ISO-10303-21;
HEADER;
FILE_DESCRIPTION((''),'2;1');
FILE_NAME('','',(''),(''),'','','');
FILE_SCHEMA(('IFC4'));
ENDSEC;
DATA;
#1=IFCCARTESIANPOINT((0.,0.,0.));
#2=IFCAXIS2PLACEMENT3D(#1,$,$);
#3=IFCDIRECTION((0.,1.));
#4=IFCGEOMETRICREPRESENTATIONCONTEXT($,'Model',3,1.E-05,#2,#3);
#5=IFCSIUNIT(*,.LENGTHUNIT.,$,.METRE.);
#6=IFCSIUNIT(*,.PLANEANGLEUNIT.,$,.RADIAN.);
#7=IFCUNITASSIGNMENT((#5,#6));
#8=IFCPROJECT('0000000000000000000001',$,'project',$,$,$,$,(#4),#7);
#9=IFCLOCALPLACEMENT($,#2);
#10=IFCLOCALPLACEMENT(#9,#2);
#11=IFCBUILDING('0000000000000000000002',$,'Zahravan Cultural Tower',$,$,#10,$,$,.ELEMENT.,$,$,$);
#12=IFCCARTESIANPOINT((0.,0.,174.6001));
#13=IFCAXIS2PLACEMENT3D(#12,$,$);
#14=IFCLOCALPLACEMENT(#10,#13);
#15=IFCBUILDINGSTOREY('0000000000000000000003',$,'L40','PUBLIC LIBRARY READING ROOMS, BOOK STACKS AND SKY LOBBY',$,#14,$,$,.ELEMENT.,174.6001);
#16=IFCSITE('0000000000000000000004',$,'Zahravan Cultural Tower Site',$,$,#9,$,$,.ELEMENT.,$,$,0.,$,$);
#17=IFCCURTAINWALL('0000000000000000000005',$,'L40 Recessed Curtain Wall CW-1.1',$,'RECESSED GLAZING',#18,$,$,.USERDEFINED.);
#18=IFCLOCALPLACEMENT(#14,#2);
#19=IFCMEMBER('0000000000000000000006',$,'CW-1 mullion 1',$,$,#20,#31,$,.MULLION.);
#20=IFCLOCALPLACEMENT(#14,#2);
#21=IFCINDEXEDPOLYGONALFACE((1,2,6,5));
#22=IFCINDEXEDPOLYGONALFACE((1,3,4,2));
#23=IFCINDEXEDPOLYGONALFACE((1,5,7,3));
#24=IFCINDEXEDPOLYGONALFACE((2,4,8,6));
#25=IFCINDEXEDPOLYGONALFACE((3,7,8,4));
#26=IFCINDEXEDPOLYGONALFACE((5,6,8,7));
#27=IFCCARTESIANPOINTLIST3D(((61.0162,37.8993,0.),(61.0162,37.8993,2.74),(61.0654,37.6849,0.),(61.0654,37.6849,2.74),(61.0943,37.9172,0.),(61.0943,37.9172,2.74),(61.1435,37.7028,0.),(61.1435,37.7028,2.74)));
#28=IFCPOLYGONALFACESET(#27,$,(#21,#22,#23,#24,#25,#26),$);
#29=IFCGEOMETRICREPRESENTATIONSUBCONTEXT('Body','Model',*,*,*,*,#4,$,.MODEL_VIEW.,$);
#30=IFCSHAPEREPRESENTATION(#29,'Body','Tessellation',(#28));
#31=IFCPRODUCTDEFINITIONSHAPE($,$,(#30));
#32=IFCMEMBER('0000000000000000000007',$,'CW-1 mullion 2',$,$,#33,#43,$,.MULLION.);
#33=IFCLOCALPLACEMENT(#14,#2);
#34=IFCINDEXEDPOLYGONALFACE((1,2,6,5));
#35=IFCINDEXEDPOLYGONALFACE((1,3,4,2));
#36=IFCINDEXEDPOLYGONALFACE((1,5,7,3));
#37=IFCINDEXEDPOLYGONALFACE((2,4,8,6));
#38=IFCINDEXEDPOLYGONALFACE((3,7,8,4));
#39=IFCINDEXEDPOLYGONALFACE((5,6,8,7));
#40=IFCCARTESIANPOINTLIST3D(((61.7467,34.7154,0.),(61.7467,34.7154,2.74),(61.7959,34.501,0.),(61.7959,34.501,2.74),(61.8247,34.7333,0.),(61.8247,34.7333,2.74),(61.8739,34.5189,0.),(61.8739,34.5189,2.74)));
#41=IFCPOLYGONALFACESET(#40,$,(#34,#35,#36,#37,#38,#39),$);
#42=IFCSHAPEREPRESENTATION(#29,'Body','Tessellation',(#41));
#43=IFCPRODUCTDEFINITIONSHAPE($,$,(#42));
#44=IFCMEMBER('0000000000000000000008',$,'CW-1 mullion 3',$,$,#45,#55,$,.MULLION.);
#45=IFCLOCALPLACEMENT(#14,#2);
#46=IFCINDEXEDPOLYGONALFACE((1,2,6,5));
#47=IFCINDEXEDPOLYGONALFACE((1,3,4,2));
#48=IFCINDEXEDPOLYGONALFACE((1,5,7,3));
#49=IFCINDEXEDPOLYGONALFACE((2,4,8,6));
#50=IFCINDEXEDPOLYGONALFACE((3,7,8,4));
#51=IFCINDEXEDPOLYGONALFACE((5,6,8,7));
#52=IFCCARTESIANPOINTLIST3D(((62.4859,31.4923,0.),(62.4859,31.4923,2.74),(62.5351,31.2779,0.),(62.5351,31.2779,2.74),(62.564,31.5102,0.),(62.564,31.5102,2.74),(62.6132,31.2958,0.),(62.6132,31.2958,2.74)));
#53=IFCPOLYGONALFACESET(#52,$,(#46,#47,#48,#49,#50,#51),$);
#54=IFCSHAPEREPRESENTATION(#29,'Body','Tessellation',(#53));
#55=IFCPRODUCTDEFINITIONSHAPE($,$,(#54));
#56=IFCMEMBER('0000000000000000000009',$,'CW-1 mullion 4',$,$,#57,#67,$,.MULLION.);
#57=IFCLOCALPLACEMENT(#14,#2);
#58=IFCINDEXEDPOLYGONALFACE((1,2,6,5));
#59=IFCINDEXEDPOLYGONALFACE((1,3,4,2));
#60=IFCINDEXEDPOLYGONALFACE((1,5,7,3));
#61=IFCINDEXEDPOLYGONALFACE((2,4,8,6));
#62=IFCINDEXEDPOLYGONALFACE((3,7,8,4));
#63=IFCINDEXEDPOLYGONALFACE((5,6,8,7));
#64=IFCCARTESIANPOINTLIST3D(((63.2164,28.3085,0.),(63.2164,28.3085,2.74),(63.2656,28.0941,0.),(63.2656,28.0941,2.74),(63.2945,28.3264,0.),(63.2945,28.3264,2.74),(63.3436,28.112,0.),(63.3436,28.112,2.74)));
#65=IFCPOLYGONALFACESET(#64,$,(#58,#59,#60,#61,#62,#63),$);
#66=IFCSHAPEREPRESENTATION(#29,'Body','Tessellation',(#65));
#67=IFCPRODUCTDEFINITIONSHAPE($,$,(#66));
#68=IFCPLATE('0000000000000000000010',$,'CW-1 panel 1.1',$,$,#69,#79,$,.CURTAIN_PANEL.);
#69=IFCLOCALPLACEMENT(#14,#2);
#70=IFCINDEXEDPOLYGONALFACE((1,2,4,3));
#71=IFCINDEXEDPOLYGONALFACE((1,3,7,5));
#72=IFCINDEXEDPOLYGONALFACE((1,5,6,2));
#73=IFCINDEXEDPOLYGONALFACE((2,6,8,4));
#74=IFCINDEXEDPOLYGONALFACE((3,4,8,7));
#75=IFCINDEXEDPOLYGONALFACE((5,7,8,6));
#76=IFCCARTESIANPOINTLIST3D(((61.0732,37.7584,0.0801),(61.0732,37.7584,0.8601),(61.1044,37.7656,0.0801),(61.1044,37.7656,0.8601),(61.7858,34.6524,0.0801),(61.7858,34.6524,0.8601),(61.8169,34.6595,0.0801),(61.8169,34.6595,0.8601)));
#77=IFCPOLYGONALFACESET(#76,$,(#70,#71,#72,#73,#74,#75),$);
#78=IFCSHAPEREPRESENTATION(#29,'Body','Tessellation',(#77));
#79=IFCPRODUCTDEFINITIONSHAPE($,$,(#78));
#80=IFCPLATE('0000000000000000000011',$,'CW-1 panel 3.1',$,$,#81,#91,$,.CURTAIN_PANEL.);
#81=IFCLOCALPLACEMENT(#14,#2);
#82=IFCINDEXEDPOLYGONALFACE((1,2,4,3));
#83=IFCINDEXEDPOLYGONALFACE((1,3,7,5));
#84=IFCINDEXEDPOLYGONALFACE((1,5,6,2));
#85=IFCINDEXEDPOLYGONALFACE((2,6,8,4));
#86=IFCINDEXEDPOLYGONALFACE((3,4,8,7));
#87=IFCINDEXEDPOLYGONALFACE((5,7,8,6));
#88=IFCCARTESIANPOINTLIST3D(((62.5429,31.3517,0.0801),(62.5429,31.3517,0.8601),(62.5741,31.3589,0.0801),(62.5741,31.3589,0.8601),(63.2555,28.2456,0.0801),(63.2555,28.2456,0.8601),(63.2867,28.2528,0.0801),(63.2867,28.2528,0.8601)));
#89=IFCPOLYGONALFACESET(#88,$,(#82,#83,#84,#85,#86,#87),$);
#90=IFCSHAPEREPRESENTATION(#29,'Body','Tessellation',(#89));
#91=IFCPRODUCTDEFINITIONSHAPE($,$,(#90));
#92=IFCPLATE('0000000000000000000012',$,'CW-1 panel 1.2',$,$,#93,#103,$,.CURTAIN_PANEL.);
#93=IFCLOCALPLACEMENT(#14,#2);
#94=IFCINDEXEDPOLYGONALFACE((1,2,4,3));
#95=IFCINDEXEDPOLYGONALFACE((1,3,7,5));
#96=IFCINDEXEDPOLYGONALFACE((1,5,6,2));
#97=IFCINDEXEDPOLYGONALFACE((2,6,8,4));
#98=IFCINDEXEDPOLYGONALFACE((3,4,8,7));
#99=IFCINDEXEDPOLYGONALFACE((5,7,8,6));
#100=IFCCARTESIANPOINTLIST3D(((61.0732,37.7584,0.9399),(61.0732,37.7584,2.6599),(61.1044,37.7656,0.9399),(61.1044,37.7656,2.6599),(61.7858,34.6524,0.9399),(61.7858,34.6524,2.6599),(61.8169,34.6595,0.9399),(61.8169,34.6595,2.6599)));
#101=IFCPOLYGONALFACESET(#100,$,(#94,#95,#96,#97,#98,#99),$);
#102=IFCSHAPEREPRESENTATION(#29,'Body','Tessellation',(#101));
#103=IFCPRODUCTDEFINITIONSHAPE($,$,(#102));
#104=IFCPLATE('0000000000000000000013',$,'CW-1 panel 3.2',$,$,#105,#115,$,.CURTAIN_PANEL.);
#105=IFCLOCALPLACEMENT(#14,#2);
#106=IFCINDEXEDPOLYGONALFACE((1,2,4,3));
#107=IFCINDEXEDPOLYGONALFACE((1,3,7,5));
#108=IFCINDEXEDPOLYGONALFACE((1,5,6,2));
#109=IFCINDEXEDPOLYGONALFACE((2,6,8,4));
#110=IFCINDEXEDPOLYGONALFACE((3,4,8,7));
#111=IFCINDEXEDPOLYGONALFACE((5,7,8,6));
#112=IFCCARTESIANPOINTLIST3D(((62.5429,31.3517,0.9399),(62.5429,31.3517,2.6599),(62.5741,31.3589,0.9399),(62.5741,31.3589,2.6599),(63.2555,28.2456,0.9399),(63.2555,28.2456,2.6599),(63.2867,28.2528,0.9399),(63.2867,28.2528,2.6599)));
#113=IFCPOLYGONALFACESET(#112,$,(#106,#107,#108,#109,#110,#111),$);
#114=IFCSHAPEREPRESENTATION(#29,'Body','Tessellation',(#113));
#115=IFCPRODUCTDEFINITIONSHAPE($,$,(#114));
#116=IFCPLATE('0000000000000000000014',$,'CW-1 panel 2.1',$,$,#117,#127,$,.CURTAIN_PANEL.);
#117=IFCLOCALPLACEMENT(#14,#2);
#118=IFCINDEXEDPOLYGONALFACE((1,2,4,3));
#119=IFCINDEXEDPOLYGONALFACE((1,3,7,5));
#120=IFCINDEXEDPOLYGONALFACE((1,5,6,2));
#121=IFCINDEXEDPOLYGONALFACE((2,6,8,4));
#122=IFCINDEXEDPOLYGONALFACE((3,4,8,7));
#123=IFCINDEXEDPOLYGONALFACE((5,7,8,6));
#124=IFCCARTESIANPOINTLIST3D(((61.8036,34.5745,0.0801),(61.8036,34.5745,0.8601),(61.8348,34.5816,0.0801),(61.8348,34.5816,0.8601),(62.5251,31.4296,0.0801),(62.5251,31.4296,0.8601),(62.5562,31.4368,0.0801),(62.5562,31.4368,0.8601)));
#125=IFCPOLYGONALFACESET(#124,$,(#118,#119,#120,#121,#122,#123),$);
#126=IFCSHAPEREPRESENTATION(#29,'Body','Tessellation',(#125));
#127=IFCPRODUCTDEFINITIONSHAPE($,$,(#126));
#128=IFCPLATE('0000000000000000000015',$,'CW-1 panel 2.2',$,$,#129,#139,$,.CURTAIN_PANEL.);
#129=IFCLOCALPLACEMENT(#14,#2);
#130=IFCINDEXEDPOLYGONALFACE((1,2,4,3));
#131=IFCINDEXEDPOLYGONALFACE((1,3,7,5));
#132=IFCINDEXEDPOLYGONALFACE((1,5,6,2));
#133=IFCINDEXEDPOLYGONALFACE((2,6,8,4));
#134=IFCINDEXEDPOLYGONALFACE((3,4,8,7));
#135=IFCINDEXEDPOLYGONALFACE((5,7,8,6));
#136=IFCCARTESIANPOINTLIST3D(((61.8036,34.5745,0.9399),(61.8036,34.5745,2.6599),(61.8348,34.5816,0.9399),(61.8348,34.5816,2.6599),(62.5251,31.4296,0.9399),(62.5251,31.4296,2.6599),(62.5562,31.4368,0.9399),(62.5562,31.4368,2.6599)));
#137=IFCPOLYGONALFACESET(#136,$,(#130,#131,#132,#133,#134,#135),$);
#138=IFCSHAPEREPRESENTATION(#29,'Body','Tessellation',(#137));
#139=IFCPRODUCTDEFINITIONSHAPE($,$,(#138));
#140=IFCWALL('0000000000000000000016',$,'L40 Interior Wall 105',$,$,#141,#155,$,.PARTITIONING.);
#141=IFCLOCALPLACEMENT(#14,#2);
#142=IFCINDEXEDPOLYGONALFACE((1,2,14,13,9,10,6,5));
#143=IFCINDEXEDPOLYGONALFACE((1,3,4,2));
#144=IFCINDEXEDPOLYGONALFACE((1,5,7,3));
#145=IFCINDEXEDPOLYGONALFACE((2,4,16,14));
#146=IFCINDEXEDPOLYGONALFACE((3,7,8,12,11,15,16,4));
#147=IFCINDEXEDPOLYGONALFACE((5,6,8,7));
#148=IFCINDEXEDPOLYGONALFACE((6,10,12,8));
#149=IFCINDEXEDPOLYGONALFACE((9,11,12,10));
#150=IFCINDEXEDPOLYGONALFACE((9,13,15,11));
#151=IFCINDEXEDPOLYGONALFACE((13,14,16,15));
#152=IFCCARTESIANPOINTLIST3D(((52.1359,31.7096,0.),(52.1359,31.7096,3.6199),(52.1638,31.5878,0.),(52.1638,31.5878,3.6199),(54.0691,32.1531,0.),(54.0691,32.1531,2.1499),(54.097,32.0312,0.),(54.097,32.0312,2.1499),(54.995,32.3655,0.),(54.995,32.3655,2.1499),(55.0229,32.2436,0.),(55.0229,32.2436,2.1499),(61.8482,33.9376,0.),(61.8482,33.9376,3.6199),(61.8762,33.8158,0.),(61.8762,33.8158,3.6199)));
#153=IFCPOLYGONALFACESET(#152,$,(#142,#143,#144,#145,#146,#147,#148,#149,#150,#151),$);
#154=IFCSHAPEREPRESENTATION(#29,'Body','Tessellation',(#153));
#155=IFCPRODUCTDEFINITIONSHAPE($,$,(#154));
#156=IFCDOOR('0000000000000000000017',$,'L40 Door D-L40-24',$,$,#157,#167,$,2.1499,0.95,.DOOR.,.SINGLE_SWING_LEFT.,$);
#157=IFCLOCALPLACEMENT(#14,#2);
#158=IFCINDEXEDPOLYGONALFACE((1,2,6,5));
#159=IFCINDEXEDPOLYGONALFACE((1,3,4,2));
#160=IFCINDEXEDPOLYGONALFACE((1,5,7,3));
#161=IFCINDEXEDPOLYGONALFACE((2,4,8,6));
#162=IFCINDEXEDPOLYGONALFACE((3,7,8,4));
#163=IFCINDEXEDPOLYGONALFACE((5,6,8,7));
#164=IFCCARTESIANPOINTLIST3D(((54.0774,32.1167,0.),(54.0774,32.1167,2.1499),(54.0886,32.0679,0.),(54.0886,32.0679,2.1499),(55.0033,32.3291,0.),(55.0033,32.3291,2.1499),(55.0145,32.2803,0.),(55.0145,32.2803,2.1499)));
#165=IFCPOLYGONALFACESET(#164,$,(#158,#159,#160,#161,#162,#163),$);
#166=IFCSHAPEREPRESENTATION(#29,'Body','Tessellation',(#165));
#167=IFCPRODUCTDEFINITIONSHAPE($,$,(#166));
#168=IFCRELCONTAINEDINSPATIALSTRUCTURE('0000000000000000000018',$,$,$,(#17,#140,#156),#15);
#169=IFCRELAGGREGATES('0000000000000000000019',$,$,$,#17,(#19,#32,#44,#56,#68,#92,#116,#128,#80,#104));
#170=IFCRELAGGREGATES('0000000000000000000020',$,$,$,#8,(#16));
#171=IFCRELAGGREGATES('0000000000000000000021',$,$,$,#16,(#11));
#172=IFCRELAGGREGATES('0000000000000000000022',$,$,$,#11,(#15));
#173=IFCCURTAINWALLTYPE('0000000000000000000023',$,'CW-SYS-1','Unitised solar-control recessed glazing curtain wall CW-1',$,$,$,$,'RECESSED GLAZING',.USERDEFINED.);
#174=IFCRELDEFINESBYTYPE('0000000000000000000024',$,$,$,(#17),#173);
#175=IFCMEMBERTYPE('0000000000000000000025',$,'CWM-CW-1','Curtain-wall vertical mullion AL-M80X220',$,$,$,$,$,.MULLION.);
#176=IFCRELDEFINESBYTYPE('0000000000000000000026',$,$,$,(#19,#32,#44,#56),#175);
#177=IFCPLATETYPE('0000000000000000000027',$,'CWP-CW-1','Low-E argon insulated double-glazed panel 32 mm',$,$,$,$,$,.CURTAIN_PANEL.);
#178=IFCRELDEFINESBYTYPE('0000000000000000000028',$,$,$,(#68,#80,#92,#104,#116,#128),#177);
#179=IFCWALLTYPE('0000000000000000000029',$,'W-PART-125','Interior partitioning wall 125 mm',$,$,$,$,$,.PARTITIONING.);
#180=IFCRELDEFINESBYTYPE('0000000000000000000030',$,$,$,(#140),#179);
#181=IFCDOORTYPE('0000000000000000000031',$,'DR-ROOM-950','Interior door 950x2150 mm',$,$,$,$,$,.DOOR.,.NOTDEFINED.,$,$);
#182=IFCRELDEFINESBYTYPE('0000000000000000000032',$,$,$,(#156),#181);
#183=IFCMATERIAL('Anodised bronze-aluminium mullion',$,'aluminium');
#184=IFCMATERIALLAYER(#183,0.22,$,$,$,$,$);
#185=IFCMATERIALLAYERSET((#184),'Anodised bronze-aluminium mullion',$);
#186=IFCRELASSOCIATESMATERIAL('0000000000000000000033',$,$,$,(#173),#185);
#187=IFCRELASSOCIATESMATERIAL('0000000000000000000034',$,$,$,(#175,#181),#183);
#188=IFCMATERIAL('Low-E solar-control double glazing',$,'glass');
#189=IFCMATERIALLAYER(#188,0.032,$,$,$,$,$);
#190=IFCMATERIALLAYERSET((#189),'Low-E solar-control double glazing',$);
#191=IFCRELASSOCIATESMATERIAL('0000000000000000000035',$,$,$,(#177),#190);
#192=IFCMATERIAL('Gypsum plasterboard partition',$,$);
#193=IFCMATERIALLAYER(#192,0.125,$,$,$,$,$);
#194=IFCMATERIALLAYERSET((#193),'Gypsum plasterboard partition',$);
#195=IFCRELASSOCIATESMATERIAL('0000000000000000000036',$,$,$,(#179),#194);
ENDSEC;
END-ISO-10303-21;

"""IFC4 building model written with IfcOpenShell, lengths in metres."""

from ifc_helpers import new_model, si_unit, direction, frame, frame_2d, origin, origin_2d, place, context, subcontext, project, spatial, rectangle, extrude, source, transform, mapped, material, layer, layer_set, material_profile, profile_set, type_object, element, fill, aggregate, save


model = new_model("IFC4")

# Units and contexts
model_context = context("Model", 3, precision=1e-05, world=origin(), true_north=direction((0.0, 1.0)))
body_context = subcontext(model_context, "Body", "Model", "MODEL_VIEW")
ifc_project = project(units=[si_unit("LENGTHUNIT", "METRE"), si_unit("PLANEANGLEUNIT", "RADIAN")], contexts=[model_context])

# Site, building, storey
site_placement = place(None, origin())
site = spatial("IfcSite", under=ifc_project, at=site_placement, Name="Zahravan Cultural Tower Site", CompositionType="ELEMENT", RefElevation=0.0)
building_placement = place(site_placement, origin())
building = spatial("IfcBuilding", under=site, at=building_placement, Name="Zahravan Cultural Tower", CompositionType="ELEMENT")
storey_placement = place(building_placement, frame((0.0, 0.0, 174.6001)))
storey = spatial("IfcBuildingStorey", under=building, at=storey_placement, Name="L40", Description="PUBLIC LIBRARY READING ROOMS, BOOK STACKS AND SKY LOBBY", CompositionType="ELEMENT", Elevation=174.6001)

# Curtain wall, members, plates
ifc_material_1 = material(Name="Anodised bronze-aluminium mullion", Category="aluminium")
ifc_layer_1 = layer(ifc_material_1, 0.22)
ifc_layer_set_1 = layer_set([ifc_layer_1], Name="Anodised bronze-aluminium mullion")
curtain_wall_type = type_object("IfcCurtainWallType", Name="CW-SYS-1", Description="Unitised solar-control recessed glazing curtain wall CW-1", ElementType="RECESSED GLAZING", PredefinedType="USERDEFINED", material=ifc_layer_set_1)
curtain_wall_placement = place(storey_placement, origin())
curtain_wall = element("IfcCurtainWall", 1, at=curtain_wall_placement, inside=storey, type_object=curtain_wall_type, Name="L40 Recessed Curtain Wall CW-1.1", ObjectType="RECESSED GLAZING", PredefinedType="USERDEFINED")
ifc_material_profile_1 = material_profile(ifc_material_1, rectangle(XDim=0.0801, YDim=0.22, at=origin_2d()), Name="AL-M80X220")
ifc_profile_set_1 = profile_set([ifc_material_profile_1], Name="Anodised bronze-aluminium mullion")
member_type_1 = type_object("IfcMemberType", Name="CWM-CW-1", Description="Curtain-wall vertical mullion AL-M80X220", PredefinedType="MULLION", material=ifc_profile_set_1)
shared_shape_1 = source(origin(), body_context, "Body", "SweptSolid", [
    extrude(rectangle(XDim=0.0801, YDim=0.22, at=origin_2d()), origin(), (0.0, 0.0, 1.0), 2.74),
])
member_1_placement = place(storey_placement, frame((61.0798, 37.801, 0.0), z_axis=(0.0, 0.0, 1.0), x_axis=(0.974681, 0.2236, 0.0)))
member_1 = element("IfcMember", 2, at=member_1_placement, type_object=member_type_1, Name="CW-1 mullion 1", PredefinedType="MULLION", context=body_context, shape_type="MappedRepresentation", body=[
    mapped(shared_shape_1, transform((0.0, 0.0, 0.0), x_axis=(1.0, 0.0, 0.0), y_axis=(0.0, 1.0, 0.0), z_axis=(0.0, 0.0, 1.0), scale=1.0)),
])
member_2_placement = place(storey_placement, frame((61.8103, 34.6172, 0.0), z_axis=(0.0, 0.0, 1.0), x_axis=(0.974681, 0.2236, 0.0)))
member_2 = element("IfcMember", 3, at=member_2_placement, type_object=member_type_1, Name="CW-1 mullion 2", PredefinedType="MULLION", context=body_context, shape_type="MappedRepresentation", body=[
    mapped(shared_shape_1, transform((0.0, 0.0, 0.0), x_axis=(1.0, 0.0, 0.0), y_axis=(0.0, 1.0, 0.0), z_axis=(0.0, 0.0, 1.0), scale=1.0)),
])
member_3_placement = place(storey_placement, frame((62.5496, 31.394, 0.0), z_axis=(0.0, 0.0, 1.0), x_axis=(0.974681, 0.2236, 0.0)))
member_3 = element("IfcMember", 4, at=member_3_placement, type_object=member_type_1, Name="CW-1 mullion 3", PredefinedType="MULLION", context=body_context, shape_type="MappedRepresentation", body=[
    mapped(shared_shape_1, transform((0.0, 0.0, 0.0), x_axis=(1.0, 0.0, 0.0), y_axis=(0.0, 1.0, 0.0), z_axis=(0.0, 0.0, 1.0), scale=1.0)),
])
member_4_placement = place(storey_placement, frame((63.28, 28.2102, 0.0), z_axis=(0.0, 0.0, 1.0), x_axis=(0.974681, 0.2236, 0.0)))
member_4 = element("IfcMember", 5, at=member_4_placement, type_object=member_type_1, Name="CW-1 mullion 4", PredefinedType="MULLION", context=body_context, shape_type="MappedRepresentation", body=[
    mapped(shared_shape_1, transform((0.0, 0.0, 0.0), x_axis=(1.0, 0.0, 0.0), y_axis=(0.0, 1.0, 0.0), z_axis=(0.0, 0.0, 1.0), scale=1.0)),
])
ifc_material_2 = material(Name="Low-E solar-control double glazing", Category="glass")
ifc_layer_2 = layer(ifc_material_2, 0.032)
ifc_layer_set_2 = layer_set([ifc_layer_2], Name="Low-E solar-control double glazing")
plate_type = type_object("IfcPlateType", Name="CWP-CW-1", Description="Low-E argon insulated double-glazed panel 32 mm", PredefinedType="CURTAIN_PANEL", material=ifc_layer_set_2)
shared_shape_2 = source(origin(), body_context, "Body", "SweptSolid", [
    extrude(rectangle(XDim=3.1868, YDim=0.032, at=origin_2d()), origin(), (0.0, 0.0, 1.0), 0.78),
])
plate_1_placement = place(storey_placement, frame((61.4451, 36.209, 0.0801), z_axis=(0.0, 0.0, 1.0), x_axis=(0.2236, -0.974681, 0.0)))
plate_1 = element("IfcPlate", 6, at=plate_1_placement, type_object=plate_type, Name="CW-1 panel 1.1", PredefinedType="CURTAIN_PANEL", context=body_context, shape_type="MappedRepresentation", body=[
    mapped(shared_shape_2, transform((0.0, 0.0, 0.0), x_axis=(1.0, 0.0, 0.0), y_axis=(0.0, 1.0, 0.0), z_axis=(0.0, 0.0, 1.0), scale=1.0)),
])
plate_2_placement = place(storey_placement, frame((62.9148, 29.8022, 0.0801), z_axis=(0.0, 0.0, 1.0), x_axis=(0.2236, -0.974681, 0.0)))
plate_2 = element("IfcPlate", 7, at=plate_2_placement, type_object=plate_type, Name="CW-1 panel 3.1", PredefinedType="CURTAIN_PANEL", context=body_context, shape_type="MappedRepresentation", body=[
    mapped(shared_shape_2, transform((0.0, 0.0, 0.0), x_axis=(1.0, 0.0, 0.0), y_axis=(0.0, 1.0, 0.0), z_axis=(0.0, 0.0, 1.0), scale=1.0)),
])
shared_shape_3 = source(origin(), body_context, "Body", "SweptSolid", [
    extrude(rectangle(XDim=3.1868, YDim=0.032, at=origin_2d()), origin(), (0.0, 0.0, 1.0), 1.72),
])
plate_3_placement = place(storey_placement, frame((61.4451, 36.209, 0.9399), z_axis=(0.0, 0.0, 1.0), x_axis=(0.2236, -0.974681, 0.0)))
plate_3 = element("IfcPlate", 8, at=plate_3_placement, type_object=plate_type, Name="CW-1 panel 1.2", PredefinedType="CURTAIN_PANEL", context=body_context, shape_type="MappedRepresentation", body=[
    mapped(shared_shape_3, transform((0.0, 0.0, 0.0), x_axis=(1.0, 0.0, 0.0), y_axis=(0.0, 1.0, 0.0), z_axis=(0.0, 0.0, 1.0), scale=1.0)),
])
plate_4_placement = place(storey_placement, frame((62.9148, 29.8022, 0.9399), z_axis=(0.0, 0.0, 1.0), x_axis=(0.2236, -0.974681, 0.0)))
plate_4 = element("IfcPlate", 9, at=plate_4_placement, type_object=plate_type, Name="CW-1 panel 3.2", PredefinedType="CURTAIN_PANEL", context=body_context, shape_type="MappedRepresentation", body=[
    mapped(shared_shape_3, transform((0.0, 0.0, 0.0), x_axis=(1.0, 0.0, 0.0), y_axis=(0.0, 1.0, 0.0), z_axis=(0.0, 0.0, 1.0), scale=1.0)),
])
shared_shape_4 = source(origin(), body_context, "Body", "SweptSolid", [
    extrude(rectangle(XDim=3.2266, YDim=0.032, at=origin_2d()), origin(), (0.0, 0.0, 1.0), 0.78),
])
plate_5_placement = place(storey_placement, frame((62.1799, 33.0056, 0.0801), z_axis=(0.0, 0.0, 1.0), x_axis=(0.2236, -0.974681, 0.0)))
plate_5 = element("IfcPlate", 10, at=plate_5_placement, type_object=plate_type, Name="CW-1 panel 2.1", PredefinedType="CURTAIN_PANEL", context=body_context, shape_type="MappedRepresentation", body=[
    mapped(shared_shape_4, transform((0.0, 0.0, 0.0), x_axis=(1.0, 0.0, 0.0), y_axis=(0.0, 1.0, 0.0), z_axis=(0.0, 0.0, 1.0), scale=1.0)),
])
shared_shape_5 = source(origin(), body_context, "Body", "SweptSolid", [
    extrude(rectangle(XDim=3.2266, YDim=0.032, at=origin_2d()), origin(), (0.0, 0.0, 1.0), 1.72),
])
plate_6_placement = place(storey_placement, frame((62.1799, 33.0056, 0.9399), z_axis=(0.0, 0.0, 1.0), x_axis=(0.2236, -0.974681, 0.0)))
plate_6 = element("IfcPlate", 11, at=plate_6_placement, type_object=plate_type, Name="CW-1 panel 2.2", PredefinedType="CURTAIN_PANEL", context=body_context, shape_type="MappedRepresentation", body=[
    mapped(shared_shape_5, transform((0.0, 0.0, 0.0), x_axis=(1.0, 0.0, 0.0), y_axis=(0.0, 1.0, 0.0), z_axis=(0.0, 0.0, 1.0), scale=1.0)),
])
aggregate(curtain_wall, [member_1, member_2, member_3, member_4, plate_1, plate_3, plate_5, plate_6, plate_2, plate_4])

# Wall, opening, door
ifc_material_3 = material(Name="Gypsum plasterboard partition")
ifc_layer_3 = layer(ifc_material_3, 0.125)
ifc_layer_set_3 = layer_set([ifc_layer_3], Name="Gypsum plasterboard partition")
wall_type_1 = type_object("IfcWallType", Name="W-PART-125", Description="Interior partitioning wall 125 mm", PredefinedType="PARTITIONING", material=ifc_layer_set_3)
wall_1_placement = place(storey_placement, frame((61.8623, 33.8767, 0.0), z_axis=(0.0, 0.0, 1.0), x_axis=(-0.974683, -0.223592, 0.0)))
wall_1 = element("IfcWall", 12, at=wall_1_placement, inside=storey, type_object=wall_type_1, Name="L40 Interior Wall 105", PredefinedType="PARTITIONING", context=body_context, shape_type="SweptSolid", body=[
    extrude(rectangle(XDim=9.9646, YDim=0.125, at=frame_2d((4.9824, 0.0))), origin(), (0.0, 0.0, 1.0), 3.6199),
])
opening_placement = place(wall_1_placement, frame((7.0312, 0.0, 0.0)))
opening = element("IfcOpeningElement", 13, at=opening_placement, cuts=wall_1, PredefinedType="OPENING", context=body_context, shape_type="SweptSolid", body=[
    extrude(rectangle(XDim=0.95, YDim=2.1499, at=frame_2d((0.4751, 1.075))), frame((0.0, 0.0725, 0.0), z_axis=(0.0, -1.0, 0.0), x_axis=(1.0, 0.0, 0.0)), (0.0, 0.0, 1.0), 0.145),
])
door_type = type_object("IfcDoorType", Name="DR-ROOM-950", Description="Interior door 950x2150 mm", OperationType="NOTDEFINED", PredefinedType="DOOR", material=ifc_material_1)
shared_shape_6 = source(origin(), body_context, "Body", "SweptSolid", [
    extrude(rectangle(XDim=0.95, YDim=2.1499, at=frame_2d((0.4751, 1.075))), frame((0.0, 0.0249, 0.0), z_axis=(0.0, -1.0, 0.0), x_axis=(1.0, 0.0, 0.0)), (0.0, 0.0, 1.0), 0.05),
])
door_placement = place(opening_placement, origin())
door = element("IfcDoor", 14, at=door_placement, inside=storey, type_object=door_type, Name="L40 Door D-L40-24", OperationType="SINGLE_SWING_LEFT", OverallHeight=2.1499, OverallWidth=0.95, PredefinedType="DOOR", context=body_context, shape_type="MappedRepresentation", body=[
    mapped(shared_shape_6, transform((0.0, 0.0, 0.0), x_axis=(1.0, 0.0, 0.0), y_axis=(0.0, 1.0, 0.0), z_axis=(0.0, 0.0, 1.0), scale=1.0)),
])
fill(opening, door)

save(model, "model.ifc")
